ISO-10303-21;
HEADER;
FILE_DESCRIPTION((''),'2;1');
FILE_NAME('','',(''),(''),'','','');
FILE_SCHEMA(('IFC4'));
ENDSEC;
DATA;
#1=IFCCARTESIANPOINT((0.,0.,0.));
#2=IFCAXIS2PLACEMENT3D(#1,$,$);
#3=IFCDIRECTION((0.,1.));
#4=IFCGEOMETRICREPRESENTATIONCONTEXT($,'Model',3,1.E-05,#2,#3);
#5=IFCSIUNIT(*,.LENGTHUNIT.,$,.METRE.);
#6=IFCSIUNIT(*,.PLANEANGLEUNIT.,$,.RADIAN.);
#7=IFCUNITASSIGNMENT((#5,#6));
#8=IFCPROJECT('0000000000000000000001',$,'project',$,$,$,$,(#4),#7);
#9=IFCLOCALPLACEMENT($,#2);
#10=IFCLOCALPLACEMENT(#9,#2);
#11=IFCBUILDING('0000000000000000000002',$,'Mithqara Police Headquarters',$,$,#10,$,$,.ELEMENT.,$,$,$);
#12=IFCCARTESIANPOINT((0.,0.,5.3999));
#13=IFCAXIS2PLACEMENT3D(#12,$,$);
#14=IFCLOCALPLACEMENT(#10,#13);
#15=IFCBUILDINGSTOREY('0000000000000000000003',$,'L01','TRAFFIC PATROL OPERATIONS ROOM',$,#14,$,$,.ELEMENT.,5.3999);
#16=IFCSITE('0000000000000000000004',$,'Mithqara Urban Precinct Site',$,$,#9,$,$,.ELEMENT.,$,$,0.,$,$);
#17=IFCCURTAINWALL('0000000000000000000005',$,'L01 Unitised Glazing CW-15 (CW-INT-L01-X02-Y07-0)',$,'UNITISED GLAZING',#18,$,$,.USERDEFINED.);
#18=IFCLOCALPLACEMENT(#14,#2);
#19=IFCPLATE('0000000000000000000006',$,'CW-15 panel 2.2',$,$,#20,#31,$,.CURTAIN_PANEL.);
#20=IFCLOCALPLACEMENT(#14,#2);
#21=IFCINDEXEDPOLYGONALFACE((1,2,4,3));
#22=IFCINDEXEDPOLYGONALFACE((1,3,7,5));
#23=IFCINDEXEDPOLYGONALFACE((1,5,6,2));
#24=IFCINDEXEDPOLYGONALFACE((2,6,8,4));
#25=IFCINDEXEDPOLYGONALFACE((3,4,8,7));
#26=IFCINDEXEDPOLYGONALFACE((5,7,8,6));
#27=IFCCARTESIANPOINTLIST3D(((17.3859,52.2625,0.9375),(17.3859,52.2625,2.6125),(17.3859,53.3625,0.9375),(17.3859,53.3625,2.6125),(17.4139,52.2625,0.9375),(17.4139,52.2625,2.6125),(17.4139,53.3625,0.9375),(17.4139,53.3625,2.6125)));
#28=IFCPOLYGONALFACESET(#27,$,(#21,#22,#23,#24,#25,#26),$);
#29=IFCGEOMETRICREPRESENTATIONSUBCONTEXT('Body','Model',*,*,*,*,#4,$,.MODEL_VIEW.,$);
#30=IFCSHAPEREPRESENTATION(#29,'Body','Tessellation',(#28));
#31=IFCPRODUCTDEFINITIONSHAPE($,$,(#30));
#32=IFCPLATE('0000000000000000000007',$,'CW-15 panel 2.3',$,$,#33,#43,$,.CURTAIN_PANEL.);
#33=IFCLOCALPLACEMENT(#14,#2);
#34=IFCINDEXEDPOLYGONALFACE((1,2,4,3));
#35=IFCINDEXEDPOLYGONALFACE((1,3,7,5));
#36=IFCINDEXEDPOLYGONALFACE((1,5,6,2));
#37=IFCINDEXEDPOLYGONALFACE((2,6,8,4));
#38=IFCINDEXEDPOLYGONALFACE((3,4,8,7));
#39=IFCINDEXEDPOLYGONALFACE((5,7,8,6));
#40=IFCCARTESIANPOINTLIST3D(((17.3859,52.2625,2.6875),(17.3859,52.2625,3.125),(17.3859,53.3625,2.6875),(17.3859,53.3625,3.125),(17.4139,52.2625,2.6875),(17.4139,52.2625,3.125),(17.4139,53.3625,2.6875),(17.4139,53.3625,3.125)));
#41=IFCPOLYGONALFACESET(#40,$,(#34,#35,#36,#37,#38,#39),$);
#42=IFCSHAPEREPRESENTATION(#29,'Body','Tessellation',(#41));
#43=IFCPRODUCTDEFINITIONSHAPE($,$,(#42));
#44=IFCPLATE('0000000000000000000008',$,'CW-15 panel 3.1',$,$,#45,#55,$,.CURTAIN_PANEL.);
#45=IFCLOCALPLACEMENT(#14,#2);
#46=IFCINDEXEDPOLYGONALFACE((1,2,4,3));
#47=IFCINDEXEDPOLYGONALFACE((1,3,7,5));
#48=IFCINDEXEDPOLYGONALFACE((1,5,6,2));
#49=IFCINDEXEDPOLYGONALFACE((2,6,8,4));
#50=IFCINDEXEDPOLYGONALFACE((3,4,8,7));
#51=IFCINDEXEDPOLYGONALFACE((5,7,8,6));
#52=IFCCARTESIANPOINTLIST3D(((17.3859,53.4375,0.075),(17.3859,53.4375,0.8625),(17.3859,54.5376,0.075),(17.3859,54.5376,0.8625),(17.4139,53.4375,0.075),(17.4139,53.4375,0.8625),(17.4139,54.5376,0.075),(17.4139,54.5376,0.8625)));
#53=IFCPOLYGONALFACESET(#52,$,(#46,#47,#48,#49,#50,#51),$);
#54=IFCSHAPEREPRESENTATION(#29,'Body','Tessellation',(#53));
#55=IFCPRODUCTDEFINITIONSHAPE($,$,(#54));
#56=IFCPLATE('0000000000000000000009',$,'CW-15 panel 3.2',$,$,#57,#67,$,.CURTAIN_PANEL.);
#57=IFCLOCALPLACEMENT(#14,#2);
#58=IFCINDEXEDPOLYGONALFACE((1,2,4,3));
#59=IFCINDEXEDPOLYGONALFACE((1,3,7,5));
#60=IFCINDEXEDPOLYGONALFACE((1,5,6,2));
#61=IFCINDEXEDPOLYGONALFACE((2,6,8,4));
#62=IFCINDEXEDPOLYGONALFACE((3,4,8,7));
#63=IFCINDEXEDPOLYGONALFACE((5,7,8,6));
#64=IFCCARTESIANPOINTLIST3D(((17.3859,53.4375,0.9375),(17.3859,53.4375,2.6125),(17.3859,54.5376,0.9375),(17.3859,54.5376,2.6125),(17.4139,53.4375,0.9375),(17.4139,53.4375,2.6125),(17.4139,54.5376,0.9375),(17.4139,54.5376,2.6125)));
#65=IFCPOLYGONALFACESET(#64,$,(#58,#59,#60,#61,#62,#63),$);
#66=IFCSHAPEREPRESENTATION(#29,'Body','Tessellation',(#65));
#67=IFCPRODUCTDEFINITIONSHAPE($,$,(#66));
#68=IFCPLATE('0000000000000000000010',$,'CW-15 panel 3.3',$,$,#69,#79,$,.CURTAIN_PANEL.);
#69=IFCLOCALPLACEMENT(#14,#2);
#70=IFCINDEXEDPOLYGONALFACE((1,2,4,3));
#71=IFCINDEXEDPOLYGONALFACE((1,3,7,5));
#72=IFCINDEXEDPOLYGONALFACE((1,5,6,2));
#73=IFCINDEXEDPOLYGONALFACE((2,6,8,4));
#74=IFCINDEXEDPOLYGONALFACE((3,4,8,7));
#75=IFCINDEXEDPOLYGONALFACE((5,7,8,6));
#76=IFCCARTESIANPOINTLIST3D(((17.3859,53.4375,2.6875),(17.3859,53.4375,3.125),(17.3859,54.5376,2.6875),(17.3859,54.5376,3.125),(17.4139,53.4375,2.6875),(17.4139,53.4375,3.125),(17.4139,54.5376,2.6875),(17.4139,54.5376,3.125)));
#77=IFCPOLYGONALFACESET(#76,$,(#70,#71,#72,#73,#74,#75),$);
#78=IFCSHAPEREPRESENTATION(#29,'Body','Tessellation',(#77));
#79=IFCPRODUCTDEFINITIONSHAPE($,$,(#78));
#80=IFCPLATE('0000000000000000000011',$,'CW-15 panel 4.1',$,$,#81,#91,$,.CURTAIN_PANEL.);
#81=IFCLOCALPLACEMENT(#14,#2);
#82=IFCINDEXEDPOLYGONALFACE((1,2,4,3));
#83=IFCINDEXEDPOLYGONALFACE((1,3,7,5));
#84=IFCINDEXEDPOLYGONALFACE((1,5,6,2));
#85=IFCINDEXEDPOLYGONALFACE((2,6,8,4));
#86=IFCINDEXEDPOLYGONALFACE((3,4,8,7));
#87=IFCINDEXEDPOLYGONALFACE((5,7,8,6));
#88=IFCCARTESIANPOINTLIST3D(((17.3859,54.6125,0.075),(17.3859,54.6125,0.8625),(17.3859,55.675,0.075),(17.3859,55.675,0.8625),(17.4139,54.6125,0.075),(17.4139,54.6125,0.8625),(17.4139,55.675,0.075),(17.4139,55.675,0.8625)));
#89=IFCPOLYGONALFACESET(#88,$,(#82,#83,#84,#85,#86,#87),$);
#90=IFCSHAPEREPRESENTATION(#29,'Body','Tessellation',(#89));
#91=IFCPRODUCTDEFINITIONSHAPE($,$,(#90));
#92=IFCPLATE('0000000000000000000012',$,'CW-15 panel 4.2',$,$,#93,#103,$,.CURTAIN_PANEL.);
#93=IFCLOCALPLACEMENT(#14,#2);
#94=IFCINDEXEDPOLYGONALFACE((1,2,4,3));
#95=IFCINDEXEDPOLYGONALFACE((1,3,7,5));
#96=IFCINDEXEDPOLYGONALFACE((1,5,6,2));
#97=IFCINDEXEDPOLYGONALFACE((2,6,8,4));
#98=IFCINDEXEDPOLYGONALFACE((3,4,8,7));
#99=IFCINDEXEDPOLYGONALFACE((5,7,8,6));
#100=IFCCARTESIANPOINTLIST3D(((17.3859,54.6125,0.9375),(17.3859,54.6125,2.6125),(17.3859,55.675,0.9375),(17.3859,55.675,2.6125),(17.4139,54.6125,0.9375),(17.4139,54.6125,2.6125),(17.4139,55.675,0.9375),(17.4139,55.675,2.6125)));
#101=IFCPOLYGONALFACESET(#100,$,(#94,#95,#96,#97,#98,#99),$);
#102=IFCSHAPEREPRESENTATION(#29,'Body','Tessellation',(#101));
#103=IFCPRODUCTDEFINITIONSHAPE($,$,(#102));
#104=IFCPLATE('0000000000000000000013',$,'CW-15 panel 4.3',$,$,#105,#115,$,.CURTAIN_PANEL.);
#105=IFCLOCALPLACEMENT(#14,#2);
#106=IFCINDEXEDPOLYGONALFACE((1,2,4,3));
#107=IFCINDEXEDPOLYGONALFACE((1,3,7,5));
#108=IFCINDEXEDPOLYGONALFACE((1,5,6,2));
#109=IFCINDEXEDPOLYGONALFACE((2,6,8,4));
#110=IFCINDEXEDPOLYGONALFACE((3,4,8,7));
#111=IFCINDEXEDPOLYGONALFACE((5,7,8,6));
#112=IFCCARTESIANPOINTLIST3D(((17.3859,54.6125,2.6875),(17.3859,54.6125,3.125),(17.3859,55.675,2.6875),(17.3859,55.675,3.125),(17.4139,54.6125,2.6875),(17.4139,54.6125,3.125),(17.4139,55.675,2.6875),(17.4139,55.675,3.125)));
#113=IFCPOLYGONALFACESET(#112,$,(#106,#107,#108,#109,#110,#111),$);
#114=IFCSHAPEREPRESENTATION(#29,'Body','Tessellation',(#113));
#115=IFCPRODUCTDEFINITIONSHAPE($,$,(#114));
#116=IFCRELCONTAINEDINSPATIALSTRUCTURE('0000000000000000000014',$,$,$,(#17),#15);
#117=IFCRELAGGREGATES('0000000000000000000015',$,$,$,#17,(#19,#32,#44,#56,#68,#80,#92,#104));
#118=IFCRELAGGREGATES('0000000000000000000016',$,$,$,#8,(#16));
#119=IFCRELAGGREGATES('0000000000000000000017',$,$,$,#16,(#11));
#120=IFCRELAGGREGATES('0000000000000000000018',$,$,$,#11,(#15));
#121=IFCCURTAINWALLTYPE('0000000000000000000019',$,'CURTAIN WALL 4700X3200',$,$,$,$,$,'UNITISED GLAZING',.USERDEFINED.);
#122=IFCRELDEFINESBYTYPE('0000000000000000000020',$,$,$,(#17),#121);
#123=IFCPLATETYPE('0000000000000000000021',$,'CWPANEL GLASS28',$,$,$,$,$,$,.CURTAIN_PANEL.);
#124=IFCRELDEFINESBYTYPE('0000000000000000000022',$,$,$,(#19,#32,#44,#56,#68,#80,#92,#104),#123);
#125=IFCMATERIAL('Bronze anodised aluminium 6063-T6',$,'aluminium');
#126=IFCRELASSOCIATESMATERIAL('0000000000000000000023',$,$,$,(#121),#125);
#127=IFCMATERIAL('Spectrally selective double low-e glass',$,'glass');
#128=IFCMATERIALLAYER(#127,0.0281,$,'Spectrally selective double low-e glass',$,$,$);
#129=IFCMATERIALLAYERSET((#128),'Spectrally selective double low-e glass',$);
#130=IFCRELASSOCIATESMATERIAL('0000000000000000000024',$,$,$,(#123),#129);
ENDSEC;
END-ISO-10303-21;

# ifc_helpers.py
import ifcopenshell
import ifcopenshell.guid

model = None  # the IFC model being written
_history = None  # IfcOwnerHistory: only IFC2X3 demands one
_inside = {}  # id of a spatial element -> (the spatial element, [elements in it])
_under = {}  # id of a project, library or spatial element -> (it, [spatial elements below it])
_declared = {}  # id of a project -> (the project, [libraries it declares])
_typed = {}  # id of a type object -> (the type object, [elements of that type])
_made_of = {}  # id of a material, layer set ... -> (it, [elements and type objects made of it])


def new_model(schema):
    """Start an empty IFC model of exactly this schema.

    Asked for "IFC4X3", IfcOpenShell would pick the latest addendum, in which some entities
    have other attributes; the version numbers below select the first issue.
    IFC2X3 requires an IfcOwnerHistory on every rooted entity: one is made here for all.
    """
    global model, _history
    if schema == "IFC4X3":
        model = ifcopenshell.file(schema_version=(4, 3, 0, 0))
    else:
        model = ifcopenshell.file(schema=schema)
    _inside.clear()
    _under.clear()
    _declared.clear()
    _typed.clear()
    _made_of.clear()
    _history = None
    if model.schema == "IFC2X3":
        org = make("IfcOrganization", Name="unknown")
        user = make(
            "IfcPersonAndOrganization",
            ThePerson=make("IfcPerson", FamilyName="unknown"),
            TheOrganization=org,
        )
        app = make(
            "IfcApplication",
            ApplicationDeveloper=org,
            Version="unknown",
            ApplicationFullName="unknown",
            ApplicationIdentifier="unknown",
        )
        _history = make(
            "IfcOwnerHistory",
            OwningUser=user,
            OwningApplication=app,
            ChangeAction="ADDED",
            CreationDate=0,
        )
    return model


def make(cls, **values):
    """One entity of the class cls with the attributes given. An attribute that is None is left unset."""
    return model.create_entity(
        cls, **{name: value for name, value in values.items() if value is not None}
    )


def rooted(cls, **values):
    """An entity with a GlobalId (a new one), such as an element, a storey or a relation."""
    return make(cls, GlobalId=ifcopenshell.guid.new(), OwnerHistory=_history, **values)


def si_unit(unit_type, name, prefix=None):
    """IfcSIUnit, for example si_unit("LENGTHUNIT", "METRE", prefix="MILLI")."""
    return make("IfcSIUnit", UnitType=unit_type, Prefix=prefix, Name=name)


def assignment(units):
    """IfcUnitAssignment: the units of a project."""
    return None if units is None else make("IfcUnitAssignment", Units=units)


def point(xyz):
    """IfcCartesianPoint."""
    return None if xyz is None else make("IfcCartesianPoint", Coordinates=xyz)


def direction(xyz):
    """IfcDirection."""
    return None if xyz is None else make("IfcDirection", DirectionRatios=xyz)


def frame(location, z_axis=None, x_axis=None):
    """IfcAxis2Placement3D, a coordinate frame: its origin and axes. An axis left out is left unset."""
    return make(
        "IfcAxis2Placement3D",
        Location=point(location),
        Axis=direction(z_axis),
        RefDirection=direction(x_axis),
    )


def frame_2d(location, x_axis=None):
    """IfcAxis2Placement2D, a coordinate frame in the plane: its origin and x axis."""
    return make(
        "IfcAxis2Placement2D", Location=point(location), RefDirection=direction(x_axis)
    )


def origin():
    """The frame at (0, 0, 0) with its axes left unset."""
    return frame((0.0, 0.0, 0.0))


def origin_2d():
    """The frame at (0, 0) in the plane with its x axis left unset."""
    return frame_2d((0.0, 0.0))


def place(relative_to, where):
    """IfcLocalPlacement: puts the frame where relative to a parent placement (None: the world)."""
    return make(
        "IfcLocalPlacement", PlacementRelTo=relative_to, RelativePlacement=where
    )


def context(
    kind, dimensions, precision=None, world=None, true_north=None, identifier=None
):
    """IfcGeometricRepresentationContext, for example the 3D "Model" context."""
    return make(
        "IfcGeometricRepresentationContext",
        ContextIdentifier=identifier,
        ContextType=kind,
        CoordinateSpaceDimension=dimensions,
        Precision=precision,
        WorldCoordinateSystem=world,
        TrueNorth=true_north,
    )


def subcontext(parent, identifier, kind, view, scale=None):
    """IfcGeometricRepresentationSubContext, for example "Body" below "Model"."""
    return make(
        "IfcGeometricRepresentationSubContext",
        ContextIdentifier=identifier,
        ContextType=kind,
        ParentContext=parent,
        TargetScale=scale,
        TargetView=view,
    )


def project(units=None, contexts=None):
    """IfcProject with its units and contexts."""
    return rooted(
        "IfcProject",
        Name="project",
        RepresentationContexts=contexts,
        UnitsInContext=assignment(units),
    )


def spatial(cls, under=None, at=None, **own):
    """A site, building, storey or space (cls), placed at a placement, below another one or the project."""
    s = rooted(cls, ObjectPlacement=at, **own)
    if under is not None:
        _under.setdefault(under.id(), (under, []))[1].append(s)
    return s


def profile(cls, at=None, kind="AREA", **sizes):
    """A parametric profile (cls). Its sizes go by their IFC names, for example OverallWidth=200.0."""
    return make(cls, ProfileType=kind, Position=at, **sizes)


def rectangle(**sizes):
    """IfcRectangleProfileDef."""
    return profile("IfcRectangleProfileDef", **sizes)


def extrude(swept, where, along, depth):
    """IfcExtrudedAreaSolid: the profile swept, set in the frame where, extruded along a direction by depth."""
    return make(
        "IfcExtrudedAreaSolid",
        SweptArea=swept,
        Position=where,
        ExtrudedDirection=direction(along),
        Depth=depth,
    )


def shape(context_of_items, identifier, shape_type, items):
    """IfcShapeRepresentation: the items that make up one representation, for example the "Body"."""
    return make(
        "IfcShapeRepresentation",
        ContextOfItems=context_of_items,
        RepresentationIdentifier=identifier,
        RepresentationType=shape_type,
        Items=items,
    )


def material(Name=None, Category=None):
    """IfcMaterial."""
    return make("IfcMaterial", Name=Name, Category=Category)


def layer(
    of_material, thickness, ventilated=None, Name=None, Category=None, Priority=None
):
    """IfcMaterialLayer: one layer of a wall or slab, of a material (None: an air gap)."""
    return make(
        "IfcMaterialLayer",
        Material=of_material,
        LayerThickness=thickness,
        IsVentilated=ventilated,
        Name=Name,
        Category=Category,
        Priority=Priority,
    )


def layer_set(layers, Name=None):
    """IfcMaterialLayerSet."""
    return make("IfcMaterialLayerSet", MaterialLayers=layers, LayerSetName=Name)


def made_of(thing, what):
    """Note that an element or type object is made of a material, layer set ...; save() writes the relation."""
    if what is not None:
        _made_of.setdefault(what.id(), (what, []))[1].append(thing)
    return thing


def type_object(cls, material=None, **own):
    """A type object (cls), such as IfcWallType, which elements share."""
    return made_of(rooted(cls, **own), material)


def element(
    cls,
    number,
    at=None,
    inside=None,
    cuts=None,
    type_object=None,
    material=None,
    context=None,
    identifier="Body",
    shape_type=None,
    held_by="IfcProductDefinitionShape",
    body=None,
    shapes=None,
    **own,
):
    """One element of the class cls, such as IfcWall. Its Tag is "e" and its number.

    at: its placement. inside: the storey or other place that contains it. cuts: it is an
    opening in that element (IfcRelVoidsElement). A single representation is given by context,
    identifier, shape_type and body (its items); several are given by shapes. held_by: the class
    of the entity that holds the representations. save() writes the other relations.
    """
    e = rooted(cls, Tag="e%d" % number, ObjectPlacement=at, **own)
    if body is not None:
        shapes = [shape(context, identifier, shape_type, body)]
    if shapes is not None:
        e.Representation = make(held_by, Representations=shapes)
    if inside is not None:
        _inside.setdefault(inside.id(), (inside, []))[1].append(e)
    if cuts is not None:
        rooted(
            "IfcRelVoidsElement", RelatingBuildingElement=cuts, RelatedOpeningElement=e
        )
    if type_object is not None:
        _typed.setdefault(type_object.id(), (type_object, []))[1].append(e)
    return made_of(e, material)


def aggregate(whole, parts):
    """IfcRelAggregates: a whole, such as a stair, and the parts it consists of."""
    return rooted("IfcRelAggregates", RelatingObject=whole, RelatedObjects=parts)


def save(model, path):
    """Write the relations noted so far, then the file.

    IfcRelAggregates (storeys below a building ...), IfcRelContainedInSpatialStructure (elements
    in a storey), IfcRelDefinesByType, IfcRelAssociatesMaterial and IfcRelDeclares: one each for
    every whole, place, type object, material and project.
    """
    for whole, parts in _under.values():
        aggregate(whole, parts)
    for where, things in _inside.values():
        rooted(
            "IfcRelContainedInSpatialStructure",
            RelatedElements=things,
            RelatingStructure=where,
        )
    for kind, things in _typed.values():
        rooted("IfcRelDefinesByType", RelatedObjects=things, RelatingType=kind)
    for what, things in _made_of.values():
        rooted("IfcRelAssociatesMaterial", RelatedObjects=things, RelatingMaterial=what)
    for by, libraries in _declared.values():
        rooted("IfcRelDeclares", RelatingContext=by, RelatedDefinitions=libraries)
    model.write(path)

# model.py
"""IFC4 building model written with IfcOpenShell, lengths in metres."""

from ifc_helpers import new_model, si_unit, direction, frame, origin, origin_2d, place, context, subcontext, project, spatial, rectangle, extrude, material, layer, layer_set, type_object, element, aggregate, save


model = new_model("IFC4")

# Units and contexts
model_context = context("Model", 3, precision=1e-05, world=origin(), true_north=direction((0.0, 1.0)))
body_context = subcontext(model_context, "Body", "Model", "MODEL_VIEW")
ifc_project = project(units=[si_unit("LENGTHUNIT", "METRE"), si_unit("PLANEANGLEUNIT", "RADIAN")], contexts=[model_context])

# Site, building, storey
site_placement = place(None, origin())
site = spatial("IfcSite", under=ifc_project, at=site_placement, Name="Mithqara Urban Precinct Site", CompositionType="ELEMENT", RefElevation=0.0)
building_placement = place(site_placement, origin())
building = spatial("IfcBuilding", under=site, at=building_placement, Name="Mithqara Police Headquarters", CompositionType="ELEMENT")
storey_placement = place(building_placement, frame((0.0, 0.0, 5.3999)))
storey = spatial("IfcBuildingStorey", under=building, at=storey_placement, Name="L01", Description="TRAFFIC PATROL OPERATIONS ROOM", CompositionType="ELEMENT", Elevation=5.3999)

# Curtain wall, plates
ifc_material_1 = material(Name="Bronze anodised aluminium 6063-T6", Category="aluminium")
curtain_wall_type = type_object("IfcCurtainWallType", Name="CURTAIN WALL 4700X3200", ElementType="UNITISED GLAZING", PredefinedType="USERDEFINED", material=ifc_material_1)
curtain_wall_placement = place(storey_placement, origin())
curtain_wall = element("IfcCurtainWall", 1, at=curtain_wall_placement, inside=storey, type_object=curtain_wall_type, Name="L01 Unitised Glazing CW-15 (CW-INT-L01-X02-Y07-0)", ObjectType="UNITISED GLAZING", PredefinedType="USERDEFINED")
ifc_material_2 = material(Name="Spectrally selective double low-e glass", Category="glass")
ifc_layer = layer(ifc_material_2, 0.0281, Name="Spectrally selective double low-e glass")
ifc_layer_set = layer_set([ifc_layer], Name="Spectrally selective double low-e glass")
plate_type = type_object("IfcPlateType", Name="CWPANEL GLASS28", PredefinedType="CURTAIN_PANEL", material=ifc_layer_set)
plate_1_placement = place(storey_placement, frame((17.3999, 52.8125, 0.9375), z_axis=(0.0, 0.0, 1.0), x_axis=(0.0, 1.0, 0.0)))
plate_1 = element("IfcPlate", 2, at=plate_1_placement, type_object=plate_type, Name="CW-15 panel 2.2", PredefinedType="CURTAIN_PANEL", context=body_context, shape_type="SweptSolid", body=[
    extrude(rectangle(XDim=1.1001, YDim=0.0281, at=origin_2d()), origin(), (0.0, 0.0, 1.0), 1.675),
])
plate_2_placement = place(storey_placement, frame((17.3999, 52.8125, 2.6875), z_axis=(0.0, 0.0, 1.0), x_axis=(0.0, 1.0, 0.0)))
plate_2 = element("IfcPlate", 3, at=plate_2_placement, type_object=plate_type, Name="CW-15 panel 2.3", PredefinedType="CURTAIN_PANEL", context=body_context, shape_type="SweptSolid", body=[
    extrude(rectangle(XDim=1.1001, YDim=0.0281, at=origin_2d()), origin(), (0.0, 0.0, 1.0), 0.4375),
])
plate_3_placement = place(storey_placement, frame((17.3999, 53.9875, 0.075), z_axis=(0.0, 0.0, 1.0), x_axis=(0.0, 1.0, 0.0)))
plate_3 = element("IfcPlate", 4, at=plate_3_placement, type_object=plate_type, Name="CW-15 panel 3.1", PredefinedType="CURTAIN_PANEL", context=body_context, shape_type="SweptSolid", body=[
    extrude(rectangle(XDim=1.1001, YDim=0.0281, at=origin_2d()), origin(), (0.0, 0.0, 1.0), 0.7876),
])
plate_4_placement = place(storey_placement, frame((17.3999, 53.9875, 0.9375), z_axis=(0.0, 0.0, 1.0), x_axis=(0.0, 1.0, 0.0)))
plate_4 = element("IfcPlate", 5, at=plate_4_placement, type_object=plate_type, Name="CW-15 panel 3.2", PredefinedType="CURTAIN_PANEL", context=body_context, shape_type="SweptSolid", body=[
    extrude(rectangle(XDim=1.1001, YDim=0.0281, at=origin_2d()), origin(), (0.0, 0.0, 1.0), 1.675),
])
plate_5_placement = place(storey_placement, frame((17.3999, 53.9875, 2.6875), z_axis=(0.0, 0.0, 1.0), x_axis=(0.0, 1.0, 0.0)))
plate_5 = element("IfcPlate", 6, at=plate_5_placement, type_object=plate_type, Name="CW-15 panel 3.3", PredefinedType="CURTAIN_PANEL", context=body_context, shape_type="SweptSolid", body=[
    extrude(rectangle(XDim=1.1001, YDim=0.0281, at=origin_2d()), origin(), (0.0, 0.0, 1.0), 0.4375),
])
plate_6_placement = place(storey_placement, frame((17.3999, 55.1438, 0.075), z_axis=(0.0, 0.0, 1.0), x_axis=(0.0, 1.0, 0.0)))
plate_6 = element("IfcPlate", 7, at=plate_6_placement, type_object=plate_type, Name="CW-15 panel 4.1", PredefinedType="CURTAIN_PANEL", context=body_context, shape_type="SweptSolid", body=[
    extrude(rectangle(XDim=1.0625, YDim=0.0281, at=origin_2d()), origin(), (0.0, 0.0, 1.0), 0.7876),
])
plate_7_placement = place(storey_placement, frame((17.3999, 55.1438, 0.9375), z_axis=(0.0, 0.0, 1.0), x_axis=(0.0, 1.0, 0.0)))
plate_7 = element("IfcPlate", 8, at=plate_7_placement, type_object=plate_type, Name="CW-15 panel 4.2", PredefinedType="CURTAIN_PANEL", context=body_context, shape_type="SweptSolid", body=[
    extrude(rectangle(XDim=1.0625, YDim=0.0281, at=origin_2d()), origin(), (0.0, 0.0, 1.0), 1.675),
])
plate_8_placement = place(storey_placement, frame((17.3999, 55.1438, 2.6875), z_axis=(0.0, 0.0, 1.0), x_axis=(0.0, 1.0, 0.0)))
plate_8 = element("IfcPlate", 9, at=plate_8_placement, type_object=plate_type, Name="CW-15 panel 4.3", PredefinedType="CURTAIN_PANEL", context=body_context, shape_type="SweptSolid", body=[
    extrude(rectangle(XDim=1.0625, YDim=0.0281, at=origin_2d()), origin(), (0.0, 0.0, 1.0), 0.4375),
])
aggregate(curtain_wall, [plate_1, plate_2, plate_3, plate_4, plate_5, plate_6, plate_7, plate_8])

save(model, "model.ifc")
